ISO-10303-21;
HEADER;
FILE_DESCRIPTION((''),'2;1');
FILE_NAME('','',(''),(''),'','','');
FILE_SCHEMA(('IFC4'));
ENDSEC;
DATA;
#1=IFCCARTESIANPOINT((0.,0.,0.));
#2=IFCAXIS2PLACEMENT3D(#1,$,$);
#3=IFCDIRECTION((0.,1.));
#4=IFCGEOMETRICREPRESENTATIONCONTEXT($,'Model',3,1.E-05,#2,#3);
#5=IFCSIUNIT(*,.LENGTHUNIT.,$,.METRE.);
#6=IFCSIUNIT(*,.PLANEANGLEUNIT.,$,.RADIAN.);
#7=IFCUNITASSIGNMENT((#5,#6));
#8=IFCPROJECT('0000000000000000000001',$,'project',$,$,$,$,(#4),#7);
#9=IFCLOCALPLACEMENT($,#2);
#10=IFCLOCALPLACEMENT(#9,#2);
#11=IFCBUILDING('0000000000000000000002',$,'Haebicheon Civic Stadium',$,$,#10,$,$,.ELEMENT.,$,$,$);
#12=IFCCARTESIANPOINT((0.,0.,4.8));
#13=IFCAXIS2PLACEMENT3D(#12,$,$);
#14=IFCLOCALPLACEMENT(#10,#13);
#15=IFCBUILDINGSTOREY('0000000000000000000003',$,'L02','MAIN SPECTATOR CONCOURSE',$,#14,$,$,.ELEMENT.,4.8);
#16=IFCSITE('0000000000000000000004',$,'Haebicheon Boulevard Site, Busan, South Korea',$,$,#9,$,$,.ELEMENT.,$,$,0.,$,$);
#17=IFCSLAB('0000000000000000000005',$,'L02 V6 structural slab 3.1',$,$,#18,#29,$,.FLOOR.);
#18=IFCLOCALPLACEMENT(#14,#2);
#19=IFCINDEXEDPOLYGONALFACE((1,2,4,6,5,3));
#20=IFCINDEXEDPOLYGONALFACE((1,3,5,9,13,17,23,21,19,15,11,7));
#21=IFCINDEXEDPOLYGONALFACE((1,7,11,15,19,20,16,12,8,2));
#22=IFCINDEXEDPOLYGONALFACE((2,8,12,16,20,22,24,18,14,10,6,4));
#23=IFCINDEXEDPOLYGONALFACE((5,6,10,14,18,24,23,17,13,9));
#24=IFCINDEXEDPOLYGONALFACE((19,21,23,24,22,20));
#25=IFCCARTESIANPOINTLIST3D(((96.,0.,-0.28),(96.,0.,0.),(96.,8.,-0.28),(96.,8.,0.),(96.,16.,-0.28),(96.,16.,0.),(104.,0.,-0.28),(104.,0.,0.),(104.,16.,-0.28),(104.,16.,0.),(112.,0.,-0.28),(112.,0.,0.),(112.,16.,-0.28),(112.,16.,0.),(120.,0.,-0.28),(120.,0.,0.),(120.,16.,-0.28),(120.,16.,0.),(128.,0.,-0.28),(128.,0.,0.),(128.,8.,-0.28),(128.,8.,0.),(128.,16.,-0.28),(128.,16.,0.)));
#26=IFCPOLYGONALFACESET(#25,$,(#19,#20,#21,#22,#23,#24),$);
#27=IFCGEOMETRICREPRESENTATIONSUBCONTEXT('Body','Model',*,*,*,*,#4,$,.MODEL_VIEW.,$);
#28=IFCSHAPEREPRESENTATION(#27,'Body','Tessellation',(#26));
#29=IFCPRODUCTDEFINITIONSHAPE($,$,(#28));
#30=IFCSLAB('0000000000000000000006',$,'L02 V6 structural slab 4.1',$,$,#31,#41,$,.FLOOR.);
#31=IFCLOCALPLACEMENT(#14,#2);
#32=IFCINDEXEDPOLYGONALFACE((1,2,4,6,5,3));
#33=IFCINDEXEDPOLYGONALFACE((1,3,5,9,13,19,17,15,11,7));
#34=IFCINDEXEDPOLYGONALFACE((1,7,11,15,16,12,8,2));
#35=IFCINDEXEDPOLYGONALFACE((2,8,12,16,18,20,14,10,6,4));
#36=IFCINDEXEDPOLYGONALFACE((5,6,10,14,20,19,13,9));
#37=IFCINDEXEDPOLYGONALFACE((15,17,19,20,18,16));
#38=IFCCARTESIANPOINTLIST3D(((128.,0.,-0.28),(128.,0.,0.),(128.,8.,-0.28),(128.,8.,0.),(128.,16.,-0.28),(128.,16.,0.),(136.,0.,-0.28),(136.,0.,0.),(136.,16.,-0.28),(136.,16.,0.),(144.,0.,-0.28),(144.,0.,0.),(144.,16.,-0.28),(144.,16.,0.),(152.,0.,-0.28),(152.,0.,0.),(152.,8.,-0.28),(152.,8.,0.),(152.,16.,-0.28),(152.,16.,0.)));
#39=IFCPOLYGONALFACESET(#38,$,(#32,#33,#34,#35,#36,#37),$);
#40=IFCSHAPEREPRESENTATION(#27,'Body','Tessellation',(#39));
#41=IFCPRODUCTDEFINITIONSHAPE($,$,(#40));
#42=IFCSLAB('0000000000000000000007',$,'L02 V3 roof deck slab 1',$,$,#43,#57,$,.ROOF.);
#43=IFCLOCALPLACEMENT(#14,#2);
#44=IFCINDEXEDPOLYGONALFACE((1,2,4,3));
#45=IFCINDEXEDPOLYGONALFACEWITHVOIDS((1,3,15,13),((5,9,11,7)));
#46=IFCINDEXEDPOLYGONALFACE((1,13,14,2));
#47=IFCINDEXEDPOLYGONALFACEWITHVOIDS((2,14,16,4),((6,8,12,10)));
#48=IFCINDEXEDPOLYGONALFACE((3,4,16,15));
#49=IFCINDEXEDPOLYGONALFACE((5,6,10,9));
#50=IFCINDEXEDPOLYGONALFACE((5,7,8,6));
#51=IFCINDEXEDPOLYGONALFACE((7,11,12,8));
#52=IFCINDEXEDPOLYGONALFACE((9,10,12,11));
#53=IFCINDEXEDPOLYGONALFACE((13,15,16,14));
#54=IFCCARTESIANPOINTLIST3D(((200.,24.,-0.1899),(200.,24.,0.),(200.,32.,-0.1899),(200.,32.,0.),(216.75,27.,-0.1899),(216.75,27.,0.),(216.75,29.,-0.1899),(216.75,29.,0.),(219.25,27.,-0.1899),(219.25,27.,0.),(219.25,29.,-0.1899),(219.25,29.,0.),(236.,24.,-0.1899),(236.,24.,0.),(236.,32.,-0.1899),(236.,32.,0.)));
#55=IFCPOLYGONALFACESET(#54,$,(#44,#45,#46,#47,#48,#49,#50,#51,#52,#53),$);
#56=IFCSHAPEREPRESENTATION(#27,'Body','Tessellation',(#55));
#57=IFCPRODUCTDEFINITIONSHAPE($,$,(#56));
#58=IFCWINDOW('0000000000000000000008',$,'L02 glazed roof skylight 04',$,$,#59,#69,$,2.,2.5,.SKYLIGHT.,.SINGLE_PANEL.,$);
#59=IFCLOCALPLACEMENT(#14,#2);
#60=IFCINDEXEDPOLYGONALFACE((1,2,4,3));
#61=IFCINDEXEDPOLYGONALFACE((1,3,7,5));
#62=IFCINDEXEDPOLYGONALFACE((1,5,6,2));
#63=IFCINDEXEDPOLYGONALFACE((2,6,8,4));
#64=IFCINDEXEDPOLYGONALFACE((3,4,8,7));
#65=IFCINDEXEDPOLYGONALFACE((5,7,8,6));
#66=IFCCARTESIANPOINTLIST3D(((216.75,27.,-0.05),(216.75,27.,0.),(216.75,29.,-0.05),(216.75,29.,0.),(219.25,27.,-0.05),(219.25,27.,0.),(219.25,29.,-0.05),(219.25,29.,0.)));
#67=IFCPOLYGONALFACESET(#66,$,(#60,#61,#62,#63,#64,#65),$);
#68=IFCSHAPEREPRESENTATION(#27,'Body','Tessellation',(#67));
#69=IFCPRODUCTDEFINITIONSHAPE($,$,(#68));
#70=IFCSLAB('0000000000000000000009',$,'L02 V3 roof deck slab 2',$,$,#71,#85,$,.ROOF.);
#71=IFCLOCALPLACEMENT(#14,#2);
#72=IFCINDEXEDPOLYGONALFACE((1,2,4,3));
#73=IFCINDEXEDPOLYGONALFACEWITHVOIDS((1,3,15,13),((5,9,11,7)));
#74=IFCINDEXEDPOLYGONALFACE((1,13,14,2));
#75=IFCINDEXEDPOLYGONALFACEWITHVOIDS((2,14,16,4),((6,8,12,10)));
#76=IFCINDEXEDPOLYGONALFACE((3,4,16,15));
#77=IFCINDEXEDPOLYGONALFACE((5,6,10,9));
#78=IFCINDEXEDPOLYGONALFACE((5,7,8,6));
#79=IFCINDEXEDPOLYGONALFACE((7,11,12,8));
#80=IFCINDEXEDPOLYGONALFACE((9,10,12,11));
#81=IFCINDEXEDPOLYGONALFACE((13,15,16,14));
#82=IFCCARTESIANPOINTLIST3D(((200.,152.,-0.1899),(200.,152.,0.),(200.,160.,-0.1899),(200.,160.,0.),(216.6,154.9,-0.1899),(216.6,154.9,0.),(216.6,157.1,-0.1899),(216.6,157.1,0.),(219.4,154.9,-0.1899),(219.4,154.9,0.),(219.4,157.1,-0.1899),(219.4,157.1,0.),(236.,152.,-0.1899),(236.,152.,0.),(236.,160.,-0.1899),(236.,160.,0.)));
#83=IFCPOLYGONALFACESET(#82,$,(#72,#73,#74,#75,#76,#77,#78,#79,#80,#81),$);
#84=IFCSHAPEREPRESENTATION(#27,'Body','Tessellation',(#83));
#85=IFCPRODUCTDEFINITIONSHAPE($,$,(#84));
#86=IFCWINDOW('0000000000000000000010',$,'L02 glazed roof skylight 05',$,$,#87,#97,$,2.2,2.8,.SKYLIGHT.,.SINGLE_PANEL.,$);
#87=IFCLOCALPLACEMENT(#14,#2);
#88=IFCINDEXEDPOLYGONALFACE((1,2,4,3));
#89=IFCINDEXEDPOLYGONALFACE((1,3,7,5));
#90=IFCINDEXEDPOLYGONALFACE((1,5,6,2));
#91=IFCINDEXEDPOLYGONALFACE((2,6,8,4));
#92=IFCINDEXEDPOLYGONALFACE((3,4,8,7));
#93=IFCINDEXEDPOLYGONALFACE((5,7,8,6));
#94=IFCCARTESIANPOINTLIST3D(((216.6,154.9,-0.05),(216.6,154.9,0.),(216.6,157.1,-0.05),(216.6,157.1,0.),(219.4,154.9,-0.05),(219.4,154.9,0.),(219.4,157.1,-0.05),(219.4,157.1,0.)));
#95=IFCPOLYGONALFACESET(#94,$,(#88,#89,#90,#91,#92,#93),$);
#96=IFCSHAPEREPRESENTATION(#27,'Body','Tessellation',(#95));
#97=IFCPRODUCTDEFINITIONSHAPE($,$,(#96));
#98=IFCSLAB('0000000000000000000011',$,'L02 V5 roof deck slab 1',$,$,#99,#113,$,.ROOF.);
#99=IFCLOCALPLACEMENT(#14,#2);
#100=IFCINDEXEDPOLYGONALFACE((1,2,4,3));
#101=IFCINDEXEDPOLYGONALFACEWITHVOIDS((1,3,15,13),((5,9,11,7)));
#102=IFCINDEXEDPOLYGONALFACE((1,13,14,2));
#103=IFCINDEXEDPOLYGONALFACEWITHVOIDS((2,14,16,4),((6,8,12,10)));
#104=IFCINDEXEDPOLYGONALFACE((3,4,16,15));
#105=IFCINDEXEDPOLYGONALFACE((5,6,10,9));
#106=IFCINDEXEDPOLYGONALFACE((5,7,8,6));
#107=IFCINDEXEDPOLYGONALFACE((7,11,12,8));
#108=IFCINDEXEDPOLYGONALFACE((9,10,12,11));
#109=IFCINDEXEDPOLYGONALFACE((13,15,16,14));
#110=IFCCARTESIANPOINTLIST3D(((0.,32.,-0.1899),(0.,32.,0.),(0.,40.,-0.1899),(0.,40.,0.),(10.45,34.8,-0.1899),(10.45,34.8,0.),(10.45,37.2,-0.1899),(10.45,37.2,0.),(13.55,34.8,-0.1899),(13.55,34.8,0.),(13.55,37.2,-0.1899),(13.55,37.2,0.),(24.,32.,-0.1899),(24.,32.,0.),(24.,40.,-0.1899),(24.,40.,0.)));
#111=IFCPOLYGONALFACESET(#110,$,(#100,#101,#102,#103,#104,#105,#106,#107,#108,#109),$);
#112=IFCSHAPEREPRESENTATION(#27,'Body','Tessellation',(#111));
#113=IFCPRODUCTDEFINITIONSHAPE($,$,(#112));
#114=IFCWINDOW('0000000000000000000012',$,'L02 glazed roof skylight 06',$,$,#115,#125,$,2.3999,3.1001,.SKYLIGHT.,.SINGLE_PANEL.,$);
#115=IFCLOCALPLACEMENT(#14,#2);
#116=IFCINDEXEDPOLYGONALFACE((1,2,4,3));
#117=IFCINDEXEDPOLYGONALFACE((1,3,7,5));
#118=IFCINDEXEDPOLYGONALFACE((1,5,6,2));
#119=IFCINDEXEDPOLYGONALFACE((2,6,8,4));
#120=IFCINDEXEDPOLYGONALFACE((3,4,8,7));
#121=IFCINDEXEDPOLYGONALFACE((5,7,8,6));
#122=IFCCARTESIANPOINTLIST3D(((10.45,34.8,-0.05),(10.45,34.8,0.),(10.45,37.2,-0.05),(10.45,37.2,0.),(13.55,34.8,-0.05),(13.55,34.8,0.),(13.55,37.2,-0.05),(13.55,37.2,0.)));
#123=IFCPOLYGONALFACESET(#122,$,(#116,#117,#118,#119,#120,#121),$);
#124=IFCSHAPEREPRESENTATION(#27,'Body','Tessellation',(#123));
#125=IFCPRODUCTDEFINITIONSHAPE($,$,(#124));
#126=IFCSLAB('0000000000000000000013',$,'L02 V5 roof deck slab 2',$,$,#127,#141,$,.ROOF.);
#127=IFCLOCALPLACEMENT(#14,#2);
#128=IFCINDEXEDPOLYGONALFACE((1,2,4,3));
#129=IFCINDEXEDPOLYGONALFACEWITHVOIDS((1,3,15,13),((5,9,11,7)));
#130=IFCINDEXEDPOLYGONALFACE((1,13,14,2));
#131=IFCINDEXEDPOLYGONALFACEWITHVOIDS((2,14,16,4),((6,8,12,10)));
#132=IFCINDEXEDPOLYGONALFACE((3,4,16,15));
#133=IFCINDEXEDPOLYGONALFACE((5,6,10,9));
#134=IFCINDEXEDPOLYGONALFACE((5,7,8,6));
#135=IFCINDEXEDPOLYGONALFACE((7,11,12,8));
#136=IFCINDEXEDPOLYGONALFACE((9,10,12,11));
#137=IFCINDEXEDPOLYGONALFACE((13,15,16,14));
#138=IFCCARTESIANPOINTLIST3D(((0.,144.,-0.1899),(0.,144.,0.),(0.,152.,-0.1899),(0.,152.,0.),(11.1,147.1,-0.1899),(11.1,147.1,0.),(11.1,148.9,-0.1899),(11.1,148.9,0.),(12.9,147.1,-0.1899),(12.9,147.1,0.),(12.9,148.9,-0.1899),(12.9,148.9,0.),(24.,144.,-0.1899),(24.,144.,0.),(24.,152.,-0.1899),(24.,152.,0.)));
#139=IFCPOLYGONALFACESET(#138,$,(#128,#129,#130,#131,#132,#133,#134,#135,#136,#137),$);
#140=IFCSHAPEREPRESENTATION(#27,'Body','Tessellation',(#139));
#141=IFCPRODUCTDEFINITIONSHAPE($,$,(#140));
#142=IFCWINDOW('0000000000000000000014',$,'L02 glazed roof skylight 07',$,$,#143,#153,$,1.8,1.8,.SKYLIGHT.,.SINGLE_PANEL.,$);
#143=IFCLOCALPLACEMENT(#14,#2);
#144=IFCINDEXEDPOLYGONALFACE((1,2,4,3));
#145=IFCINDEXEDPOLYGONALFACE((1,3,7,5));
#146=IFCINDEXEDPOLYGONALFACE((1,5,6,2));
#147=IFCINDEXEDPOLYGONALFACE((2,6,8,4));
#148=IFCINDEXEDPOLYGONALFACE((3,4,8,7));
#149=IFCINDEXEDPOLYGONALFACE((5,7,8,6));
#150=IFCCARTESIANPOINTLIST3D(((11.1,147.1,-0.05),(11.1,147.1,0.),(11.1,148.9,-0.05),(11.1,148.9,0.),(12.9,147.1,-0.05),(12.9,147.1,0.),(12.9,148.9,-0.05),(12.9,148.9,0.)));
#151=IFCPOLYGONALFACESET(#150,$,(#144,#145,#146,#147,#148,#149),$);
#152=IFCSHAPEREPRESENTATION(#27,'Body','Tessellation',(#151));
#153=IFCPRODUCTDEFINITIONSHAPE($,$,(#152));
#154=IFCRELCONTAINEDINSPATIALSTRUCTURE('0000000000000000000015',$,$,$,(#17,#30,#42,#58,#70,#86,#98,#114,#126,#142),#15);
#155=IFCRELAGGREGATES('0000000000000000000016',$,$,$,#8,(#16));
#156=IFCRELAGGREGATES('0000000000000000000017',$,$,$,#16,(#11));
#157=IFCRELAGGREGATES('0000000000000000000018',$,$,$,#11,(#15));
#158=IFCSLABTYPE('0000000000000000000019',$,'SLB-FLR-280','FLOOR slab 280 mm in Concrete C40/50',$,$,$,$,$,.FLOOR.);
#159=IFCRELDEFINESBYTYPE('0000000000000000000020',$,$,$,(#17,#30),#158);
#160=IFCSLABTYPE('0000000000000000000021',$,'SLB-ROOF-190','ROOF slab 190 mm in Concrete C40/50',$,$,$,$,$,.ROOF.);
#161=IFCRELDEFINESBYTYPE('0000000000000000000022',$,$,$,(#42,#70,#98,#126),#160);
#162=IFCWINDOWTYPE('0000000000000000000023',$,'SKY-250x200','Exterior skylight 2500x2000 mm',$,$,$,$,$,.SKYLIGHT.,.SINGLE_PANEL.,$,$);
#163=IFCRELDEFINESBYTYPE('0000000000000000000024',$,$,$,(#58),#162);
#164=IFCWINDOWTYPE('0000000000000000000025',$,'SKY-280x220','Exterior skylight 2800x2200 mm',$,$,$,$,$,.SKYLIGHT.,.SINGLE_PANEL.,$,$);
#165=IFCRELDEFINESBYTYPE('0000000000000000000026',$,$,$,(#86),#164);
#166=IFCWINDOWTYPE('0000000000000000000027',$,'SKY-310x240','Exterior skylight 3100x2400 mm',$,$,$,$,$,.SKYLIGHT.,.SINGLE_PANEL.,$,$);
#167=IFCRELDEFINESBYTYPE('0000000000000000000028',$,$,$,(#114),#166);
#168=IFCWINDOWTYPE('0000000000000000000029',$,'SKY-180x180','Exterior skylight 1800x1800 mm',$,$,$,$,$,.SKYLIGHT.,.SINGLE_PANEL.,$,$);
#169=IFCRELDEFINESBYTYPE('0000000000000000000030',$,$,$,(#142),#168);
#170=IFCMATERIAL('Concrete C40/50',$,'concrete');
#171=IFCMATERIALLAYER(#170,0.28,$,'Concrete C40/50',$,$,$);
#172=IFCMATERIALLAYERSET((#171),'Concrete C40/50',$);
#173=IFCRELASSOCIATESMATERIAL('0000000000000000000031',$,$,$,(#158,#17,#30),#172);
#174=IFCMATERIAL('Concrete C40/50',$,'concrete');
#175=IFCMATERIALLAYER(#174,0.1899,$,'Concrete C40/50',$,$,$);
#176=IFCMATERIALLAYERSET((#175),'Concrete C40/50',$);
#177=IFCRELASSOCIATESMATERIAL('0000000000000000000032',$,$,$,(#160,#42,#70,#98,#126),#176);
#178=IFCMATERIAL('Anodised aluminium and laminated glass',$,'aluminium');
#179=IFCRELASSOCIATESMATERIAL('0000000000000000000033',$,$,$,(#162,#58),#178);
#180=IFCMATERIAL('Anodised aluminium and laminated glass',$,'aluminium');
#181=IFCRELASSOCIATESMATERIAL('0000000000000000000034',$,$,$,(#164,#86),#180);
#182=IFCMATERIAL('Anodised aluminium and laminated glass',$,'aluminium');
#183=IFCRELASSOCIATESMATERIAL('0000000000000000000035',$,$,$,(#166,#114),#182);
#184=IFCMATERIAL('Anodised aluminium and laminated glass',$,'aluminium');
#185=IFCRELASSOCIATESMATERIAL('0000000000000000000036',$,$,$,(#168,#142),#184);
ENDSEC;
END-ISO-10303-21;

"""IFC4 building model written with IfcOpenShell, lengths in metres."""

from ifc_helpers import new_model, si_unit, direction, frame, origin, origin_2d, place, context, subcontext, project, spatial, polyline, rectangle, outline, extrude, material, layer, layer_set, type_object, element, fill, save


model = new_model("IFC4")

# Units and contexts
model_context = context("Model", 3, precision=1e-05, world=origin(), true_north=direction((0.0, 1.0)))
body_context = subcontext(model_context, "Body", "Model", "MODEL_VIEW")
ifc_project = project(units=[si_unit("LENGTHUNIT", "METRE"), si_unit("PLANEANGLEUNIT", "RADIAN")], contexts=[model_context])

# Site, building, storey
site_placement = place(None, origin())
site = spatial("IfcSite", under=ifc_project, at=site_placement, Name="Haebicheon Boulevard Site, Busan, South Korea", CompositionType="ELEMENT", RefElevation=0.0)
building_placement = place(site_placement, origin())
building = spatial("IfcBuilding", under=site, at=building_placement, Name="Haebicheon Civic Stadium", CompositionType="ELEMENT")
storey_placement = place(building_placement, frame((0.0, 0.0, 4.8)))
storey = spatial("IfcBuildingStorey", under=building, at=storey_placement, Name="L02", Description="MAIN SPECTATOR CONCOURSE", CompositionType="ELEMENT", Elevation=4.8)

# Slabs
ifc_material_1 = material(Name="Concrete C40/50", Category="concrete")
ifc_layer_1 = layer(ifc_material_1, 0.28, Name="Concrete C40/50")
ifc_layer_set_1 = layer_set([ifc_layer_1], Name="Concrete C40/50")
slab_type_1 = type_object("IfcSlabType", Name="SLB-FLR-280", Description="FLOOR slab 280 mm in Concrete C40/50", PredefinedType="FLOOR", material=ifc_layer_set_1)
slab_1_placement = place(storey_placement, frame((0.0, 0.0, -0.28)))
element("IfcSlab", 1, at=slab_1_placement, inside=storey, type_object=slab_type_1, material=ifc_layer_set_1, Name="L02 V6 structural slab 3.1", PredefinedType="FLOOR", context=body_context, shape_type="SweptSolid", body=[
    extrude(outline(polyline([(128.0, 0.0), (120.0, 0.0), (112.0, 0.0), (104.0, 0.0), (96.0, 0.0), (96.0, 8.0), (96.0, 16.0), (104.0, 16.0), (112.0, 16.0), (120.0, 16.0), (128.0, 16.0), (128.0, 8.0), (128.0, 0.0)])), origin(), (0.0, 0.0, 1.0), 0.28),
])
slab_2_placement = place(storey_placement, frame((0.0, 0.0, -0.28)))
element("IfcSlab", 2, at=slab_2_placement, inside=storey, type_object=slab_type_1, material=ifc_layer_set_1, Name="L02 V6 structural slab 4.1", PredefinedType="FLOOR", context=body_context, shape_type="SweptSolid", body=[
    extrude(outline(polyline([(128.0, 8.0), (128.0, 16.0), (136.0, 16.0), (144.0, 16.0), (152.0, 16.0), (152.0, 8.0), (152.0, 0.0), (144.0, 0.0), (136.0, 0.0), (128.0, 0.0), (128.0, 8.0)])), origin(), (0.0, 0.0, 1.0), 0.28),
])

# Slabs, openings, windows
ifc_material_2 = material(Name="Concrete C40/50", Category="concrete")
ifc_layer_2 = layer(ifc_material_2, 0.1899, Name="Concrete C40/50")
ifc_layer_set_2 = layer_set([ifc_layer_2], Name="Concrete C40/50")
slab_type_2 = type_object("IfcSlabType", Name="SLB-ROOF-190", Description="ROOF slab 190 mm in Concrete C40/50", PredefinedType="ROOF", material=ifc_layer_set_2)
slab_3_placement = place(storey_placement, frame((0.0, 0.0, -0.1899)))
slab_3 = element("IfcSlab", 3, at=slab_3_placement, inside=storey, type_object=slab_type_2, material=ifc_layer_set_2, Name="L02 V3 roof deck slab 1", PredefinedType="ROOF", context=body_context, shape_type="SweptSolid", body=[
    extrude(outline(polyline([(200.0, 32.0), (236.0, 32.0), (236.0, 24.0), (200.0, 24.0), (200.0, 32.0)])), origin(), (0.0, 0.0, 1.0), 0.1899),
])
opening_1_placement = place(slab_3_placement, frame((218.0, 28.0, -0.01)))
opening_1 = element("IfcOpeningElement", 4, at=opening_1_placement, cuts=slab_3, PredefinedType="OPENING", context=body_context, shape_type="SweptSolid", body=[
    extrude(rectangle(XDim=2.5, YDim=2.0, at=origin_2d()), origin(), (0.0, 0.0, 1.0), 0.21),
])
ifc_material_3 = material(Name="Anodised aluminium and laminated glass", Category="aluminium")
window_type_1 = type_object("IfcWindowType", Name="SKY-250x200", Description="Exterior skylight 2500x2000 mm", PartitioningType="SINGLE_PANEL", PredefinedType="SKYLIGHT", material=ifc_material_3)
window_1_placement = place(slab_3_placement, frame((218.0, 28.0, 0.1399)))
window_1 = element("IfcWindow", 5, at=window_1_placement, inside=storey, type_object=window_type_1, material=ifc_material_3, Name="L02 glazed roof skylight 04", OverallHeight=2.0, OverallWidth=2.5, PartitioningType="SINGLE_PANEL", PredefinedType="SKYLIGHT", context=body_context, shape_type="SweptSolid", body=[
    extrude(rectangle(XDim=2.5, YDim=2.0, at=origin_2d()), origin(), (0.0, 0.0, 1.0), 0.05),
])
fill(opening_1, window_1)
slab_4_placement = place(storey_placement, frame((0.0, 0.0, -0.1899)))
slab_4 = element("IfcSlab", 6, at=slab_4_placement, inside=storey, type_object=slab_type_2, material=ifc_layer_set_2, Name="L02 V3 roof deck slab 2", PredefinedType="ROOF", context=body_context, shape_type="SweptSolid", body=[
    extrude(outline(polyline([(200.0, 160.0), (236.0, 160.0), (236.0, 152.0), (200.0, 152.0), (200.0, 160.0)])), origin(), (0.0, 0.0, 1.0), 0.1899),
])
opening_2_placement = place(slab_4_placement, frame((218.0, 156.0, -0.01)))
opening_2 = element("IfcOpeningElement", 7, at=opening_2_placement, cuts=slab_4, PredefinedType="OPENING", context=body_context, shape_type="SweptSolid", body=[
    extrude(rectangle(XDim=2.8, YDim=2.2, at=origin_2d()), origin(), (0.0, 0.0, 1.0), 0.21),
])
ifc_material_4 = material(Name="Anodised aluminium and laminated glass", Category="aluminium")
window_type_2 = type_object("IfcWindowType", Name="SKY-280x220", Description="Exterior skylight 2800x2200 mm", PartitioningType="SINGLE_PANEL", PredefinedType="SKYLIGHT", material=ifc_material_4)
window_2_placement = place(slab_4_placement, frame((218.0, 156.0, 0.1399)))
window_2 = element("IfcWindow", 8, at=window_2_placement, inside=storey, type_object=window_type_2, material=ifc_material_4, Name="L02 glazed roof skylight 05", OverallHeight=2.2, OverallWidth=2.8, PartitioningType="SINGLE_PANEL", PredefinedType="SKYLIGHT", context=body_context, shape_type="SweptSolid", body=[
    extrude(rectangle(XDim=2.8, YDim=2.2, at=origin_2d()), origin(), (0.0, 0.0, 1.0), 0.05),
])
fill(opening_2, window_2)
slab_5_placement = place(storey_placement, frame((0.0, 0.0, -0.1899)))
slab_5 = element("IfcSlab", 9, at=slab_5_placement, inside=storey, type_object=slab_type_2, material=ifc_layer_set_2, Name="L02 V5 roof deck slab 1", PredefinedType="ROOF", context=body_context, shape_type="SweptSolid", body=[
    extrude(outline(polyline([(0.0, 40.0), (24.0, 40.0), (24.0, 32.0), (0.0, 32.0), (0.0, 40.0)])), origin(), (0.0, 0.0, 1.0), 0.1899),
])
opening_3_placement = place(slab_5_placement, frame((12.0, 36.0, -0.01)))
opening_3 = element("IfcOpeningElement", 10, at=opening_3_placement, cuts=slab_5, PredefinedType="OPENING", context=body_context, shape_type="SweptSolid", body=[
    extrude(rectangle(XDim=3.1001, YDim=2.3999, at=origin_2d()), origin(), (0.0, 0.0, 1.0), 0.21),
])
ifc_material_5 = material(Name="Anodised aluminium and laminated glass", Category="aluminium")
window_type_3 = type_object("IfcWindowType", Name="SKY-310x240", Description="Exterior skylight 3100x2400 mm", PartitioningType="SINGLE_PANEL", PredefinedType="SKYLIGHT", material=ifc_material_5)
window_3_placement = place(slab_5_placement, frame((12.0, 36.0, 0.1399)))
window_3 = element("IfcWindow", 11, at=window_3_placement, inside=storey, type_object=window_type_3, material=ifc_material_5, Name="L02 glazed roof skylight 06", OverallHeight=2.3999, OverallWidth=3.1001, PartitioningType="SINGLE_PANEL", PredefinedType="SKYLIGHT", context=body_context, shape_type="SweptSolid", body=[
    extrude(rectangle(XDim=3.1001, YDim=2.3999, at=origin_2d()), origin(), (0.0, 0.0, 1.0), 0.05),
])
fill(opening_3, window_3)
slab_6_placement = place(storey_placement, frame((0.0, 0.0, -0.1899)))
slab_6 = element("IfcSlab", 12, at=slab_6_placement, inside=storey, type_object=slab_type_2, material=ifc_layer_set_2, Name="L02 V5 roof deck slab 2", PredefinedType="ROOF", context=body_context, shape_type="SweptSolid", body=[
    extrude(outline(polyline([(0.0, 152.0), (24.0, 152.0), (24.0, 144.0), (0.0, 144.0), (0.0, 152.0)])), origin(), (0.0, 0.0, 1.0), 0.1899),
])
opening_4_placement = place(slab_6_placement, frame((12.0, 148.0, -0.01)))
opening_4 = element("IfcOpeningElement", 13, at=opening_4_placement, cuts=slab_6, PredefinedType="OPENING", context=body_context, shape_type="SweptSolid", body=[
    extrude(rectangle(XDim=1.8, YDim=1.8, at=origin_2d()), origin(), (0.0, 0.0, 1.0), 0.21),
])
ifc_material_6 = material(Name="Anodised aluminium and laminated glass", Category="aluminium")
window_type_4 = type_object("IfcWindowType", Name="SKY-180x180", Description="Exterior skylight 1800x1800 mm", PartitioningType="SINGLE_PANEL", PredefinedType="SKYLIGHT", material=ifc_material_6)
window_4_placement = place(slab_6_placement, frame((12.0, 148.0, 0.1399)))
window_4 = element("IfcWindow", 14, at=window_4_placement, inside=storey, type_object=window_type_4, material=ifc_material_6, Name="L02 glazed roof skylight 07", OverallHeight=1.8, OverallWidth=1.8, PartitioningType="SINGLE_PANEL", PredefinedType="SKYLIGHT", context=body_context, shape_type="SweptSolid", body=[
    extrude(rectangle(XDim=1.8, YDim=1.8, at=origin_2d()), origin(), (0.0, 0.0, 1.0), 0.05),
])
fill(opening_4, window_4)

save(model, "model.ifc")
